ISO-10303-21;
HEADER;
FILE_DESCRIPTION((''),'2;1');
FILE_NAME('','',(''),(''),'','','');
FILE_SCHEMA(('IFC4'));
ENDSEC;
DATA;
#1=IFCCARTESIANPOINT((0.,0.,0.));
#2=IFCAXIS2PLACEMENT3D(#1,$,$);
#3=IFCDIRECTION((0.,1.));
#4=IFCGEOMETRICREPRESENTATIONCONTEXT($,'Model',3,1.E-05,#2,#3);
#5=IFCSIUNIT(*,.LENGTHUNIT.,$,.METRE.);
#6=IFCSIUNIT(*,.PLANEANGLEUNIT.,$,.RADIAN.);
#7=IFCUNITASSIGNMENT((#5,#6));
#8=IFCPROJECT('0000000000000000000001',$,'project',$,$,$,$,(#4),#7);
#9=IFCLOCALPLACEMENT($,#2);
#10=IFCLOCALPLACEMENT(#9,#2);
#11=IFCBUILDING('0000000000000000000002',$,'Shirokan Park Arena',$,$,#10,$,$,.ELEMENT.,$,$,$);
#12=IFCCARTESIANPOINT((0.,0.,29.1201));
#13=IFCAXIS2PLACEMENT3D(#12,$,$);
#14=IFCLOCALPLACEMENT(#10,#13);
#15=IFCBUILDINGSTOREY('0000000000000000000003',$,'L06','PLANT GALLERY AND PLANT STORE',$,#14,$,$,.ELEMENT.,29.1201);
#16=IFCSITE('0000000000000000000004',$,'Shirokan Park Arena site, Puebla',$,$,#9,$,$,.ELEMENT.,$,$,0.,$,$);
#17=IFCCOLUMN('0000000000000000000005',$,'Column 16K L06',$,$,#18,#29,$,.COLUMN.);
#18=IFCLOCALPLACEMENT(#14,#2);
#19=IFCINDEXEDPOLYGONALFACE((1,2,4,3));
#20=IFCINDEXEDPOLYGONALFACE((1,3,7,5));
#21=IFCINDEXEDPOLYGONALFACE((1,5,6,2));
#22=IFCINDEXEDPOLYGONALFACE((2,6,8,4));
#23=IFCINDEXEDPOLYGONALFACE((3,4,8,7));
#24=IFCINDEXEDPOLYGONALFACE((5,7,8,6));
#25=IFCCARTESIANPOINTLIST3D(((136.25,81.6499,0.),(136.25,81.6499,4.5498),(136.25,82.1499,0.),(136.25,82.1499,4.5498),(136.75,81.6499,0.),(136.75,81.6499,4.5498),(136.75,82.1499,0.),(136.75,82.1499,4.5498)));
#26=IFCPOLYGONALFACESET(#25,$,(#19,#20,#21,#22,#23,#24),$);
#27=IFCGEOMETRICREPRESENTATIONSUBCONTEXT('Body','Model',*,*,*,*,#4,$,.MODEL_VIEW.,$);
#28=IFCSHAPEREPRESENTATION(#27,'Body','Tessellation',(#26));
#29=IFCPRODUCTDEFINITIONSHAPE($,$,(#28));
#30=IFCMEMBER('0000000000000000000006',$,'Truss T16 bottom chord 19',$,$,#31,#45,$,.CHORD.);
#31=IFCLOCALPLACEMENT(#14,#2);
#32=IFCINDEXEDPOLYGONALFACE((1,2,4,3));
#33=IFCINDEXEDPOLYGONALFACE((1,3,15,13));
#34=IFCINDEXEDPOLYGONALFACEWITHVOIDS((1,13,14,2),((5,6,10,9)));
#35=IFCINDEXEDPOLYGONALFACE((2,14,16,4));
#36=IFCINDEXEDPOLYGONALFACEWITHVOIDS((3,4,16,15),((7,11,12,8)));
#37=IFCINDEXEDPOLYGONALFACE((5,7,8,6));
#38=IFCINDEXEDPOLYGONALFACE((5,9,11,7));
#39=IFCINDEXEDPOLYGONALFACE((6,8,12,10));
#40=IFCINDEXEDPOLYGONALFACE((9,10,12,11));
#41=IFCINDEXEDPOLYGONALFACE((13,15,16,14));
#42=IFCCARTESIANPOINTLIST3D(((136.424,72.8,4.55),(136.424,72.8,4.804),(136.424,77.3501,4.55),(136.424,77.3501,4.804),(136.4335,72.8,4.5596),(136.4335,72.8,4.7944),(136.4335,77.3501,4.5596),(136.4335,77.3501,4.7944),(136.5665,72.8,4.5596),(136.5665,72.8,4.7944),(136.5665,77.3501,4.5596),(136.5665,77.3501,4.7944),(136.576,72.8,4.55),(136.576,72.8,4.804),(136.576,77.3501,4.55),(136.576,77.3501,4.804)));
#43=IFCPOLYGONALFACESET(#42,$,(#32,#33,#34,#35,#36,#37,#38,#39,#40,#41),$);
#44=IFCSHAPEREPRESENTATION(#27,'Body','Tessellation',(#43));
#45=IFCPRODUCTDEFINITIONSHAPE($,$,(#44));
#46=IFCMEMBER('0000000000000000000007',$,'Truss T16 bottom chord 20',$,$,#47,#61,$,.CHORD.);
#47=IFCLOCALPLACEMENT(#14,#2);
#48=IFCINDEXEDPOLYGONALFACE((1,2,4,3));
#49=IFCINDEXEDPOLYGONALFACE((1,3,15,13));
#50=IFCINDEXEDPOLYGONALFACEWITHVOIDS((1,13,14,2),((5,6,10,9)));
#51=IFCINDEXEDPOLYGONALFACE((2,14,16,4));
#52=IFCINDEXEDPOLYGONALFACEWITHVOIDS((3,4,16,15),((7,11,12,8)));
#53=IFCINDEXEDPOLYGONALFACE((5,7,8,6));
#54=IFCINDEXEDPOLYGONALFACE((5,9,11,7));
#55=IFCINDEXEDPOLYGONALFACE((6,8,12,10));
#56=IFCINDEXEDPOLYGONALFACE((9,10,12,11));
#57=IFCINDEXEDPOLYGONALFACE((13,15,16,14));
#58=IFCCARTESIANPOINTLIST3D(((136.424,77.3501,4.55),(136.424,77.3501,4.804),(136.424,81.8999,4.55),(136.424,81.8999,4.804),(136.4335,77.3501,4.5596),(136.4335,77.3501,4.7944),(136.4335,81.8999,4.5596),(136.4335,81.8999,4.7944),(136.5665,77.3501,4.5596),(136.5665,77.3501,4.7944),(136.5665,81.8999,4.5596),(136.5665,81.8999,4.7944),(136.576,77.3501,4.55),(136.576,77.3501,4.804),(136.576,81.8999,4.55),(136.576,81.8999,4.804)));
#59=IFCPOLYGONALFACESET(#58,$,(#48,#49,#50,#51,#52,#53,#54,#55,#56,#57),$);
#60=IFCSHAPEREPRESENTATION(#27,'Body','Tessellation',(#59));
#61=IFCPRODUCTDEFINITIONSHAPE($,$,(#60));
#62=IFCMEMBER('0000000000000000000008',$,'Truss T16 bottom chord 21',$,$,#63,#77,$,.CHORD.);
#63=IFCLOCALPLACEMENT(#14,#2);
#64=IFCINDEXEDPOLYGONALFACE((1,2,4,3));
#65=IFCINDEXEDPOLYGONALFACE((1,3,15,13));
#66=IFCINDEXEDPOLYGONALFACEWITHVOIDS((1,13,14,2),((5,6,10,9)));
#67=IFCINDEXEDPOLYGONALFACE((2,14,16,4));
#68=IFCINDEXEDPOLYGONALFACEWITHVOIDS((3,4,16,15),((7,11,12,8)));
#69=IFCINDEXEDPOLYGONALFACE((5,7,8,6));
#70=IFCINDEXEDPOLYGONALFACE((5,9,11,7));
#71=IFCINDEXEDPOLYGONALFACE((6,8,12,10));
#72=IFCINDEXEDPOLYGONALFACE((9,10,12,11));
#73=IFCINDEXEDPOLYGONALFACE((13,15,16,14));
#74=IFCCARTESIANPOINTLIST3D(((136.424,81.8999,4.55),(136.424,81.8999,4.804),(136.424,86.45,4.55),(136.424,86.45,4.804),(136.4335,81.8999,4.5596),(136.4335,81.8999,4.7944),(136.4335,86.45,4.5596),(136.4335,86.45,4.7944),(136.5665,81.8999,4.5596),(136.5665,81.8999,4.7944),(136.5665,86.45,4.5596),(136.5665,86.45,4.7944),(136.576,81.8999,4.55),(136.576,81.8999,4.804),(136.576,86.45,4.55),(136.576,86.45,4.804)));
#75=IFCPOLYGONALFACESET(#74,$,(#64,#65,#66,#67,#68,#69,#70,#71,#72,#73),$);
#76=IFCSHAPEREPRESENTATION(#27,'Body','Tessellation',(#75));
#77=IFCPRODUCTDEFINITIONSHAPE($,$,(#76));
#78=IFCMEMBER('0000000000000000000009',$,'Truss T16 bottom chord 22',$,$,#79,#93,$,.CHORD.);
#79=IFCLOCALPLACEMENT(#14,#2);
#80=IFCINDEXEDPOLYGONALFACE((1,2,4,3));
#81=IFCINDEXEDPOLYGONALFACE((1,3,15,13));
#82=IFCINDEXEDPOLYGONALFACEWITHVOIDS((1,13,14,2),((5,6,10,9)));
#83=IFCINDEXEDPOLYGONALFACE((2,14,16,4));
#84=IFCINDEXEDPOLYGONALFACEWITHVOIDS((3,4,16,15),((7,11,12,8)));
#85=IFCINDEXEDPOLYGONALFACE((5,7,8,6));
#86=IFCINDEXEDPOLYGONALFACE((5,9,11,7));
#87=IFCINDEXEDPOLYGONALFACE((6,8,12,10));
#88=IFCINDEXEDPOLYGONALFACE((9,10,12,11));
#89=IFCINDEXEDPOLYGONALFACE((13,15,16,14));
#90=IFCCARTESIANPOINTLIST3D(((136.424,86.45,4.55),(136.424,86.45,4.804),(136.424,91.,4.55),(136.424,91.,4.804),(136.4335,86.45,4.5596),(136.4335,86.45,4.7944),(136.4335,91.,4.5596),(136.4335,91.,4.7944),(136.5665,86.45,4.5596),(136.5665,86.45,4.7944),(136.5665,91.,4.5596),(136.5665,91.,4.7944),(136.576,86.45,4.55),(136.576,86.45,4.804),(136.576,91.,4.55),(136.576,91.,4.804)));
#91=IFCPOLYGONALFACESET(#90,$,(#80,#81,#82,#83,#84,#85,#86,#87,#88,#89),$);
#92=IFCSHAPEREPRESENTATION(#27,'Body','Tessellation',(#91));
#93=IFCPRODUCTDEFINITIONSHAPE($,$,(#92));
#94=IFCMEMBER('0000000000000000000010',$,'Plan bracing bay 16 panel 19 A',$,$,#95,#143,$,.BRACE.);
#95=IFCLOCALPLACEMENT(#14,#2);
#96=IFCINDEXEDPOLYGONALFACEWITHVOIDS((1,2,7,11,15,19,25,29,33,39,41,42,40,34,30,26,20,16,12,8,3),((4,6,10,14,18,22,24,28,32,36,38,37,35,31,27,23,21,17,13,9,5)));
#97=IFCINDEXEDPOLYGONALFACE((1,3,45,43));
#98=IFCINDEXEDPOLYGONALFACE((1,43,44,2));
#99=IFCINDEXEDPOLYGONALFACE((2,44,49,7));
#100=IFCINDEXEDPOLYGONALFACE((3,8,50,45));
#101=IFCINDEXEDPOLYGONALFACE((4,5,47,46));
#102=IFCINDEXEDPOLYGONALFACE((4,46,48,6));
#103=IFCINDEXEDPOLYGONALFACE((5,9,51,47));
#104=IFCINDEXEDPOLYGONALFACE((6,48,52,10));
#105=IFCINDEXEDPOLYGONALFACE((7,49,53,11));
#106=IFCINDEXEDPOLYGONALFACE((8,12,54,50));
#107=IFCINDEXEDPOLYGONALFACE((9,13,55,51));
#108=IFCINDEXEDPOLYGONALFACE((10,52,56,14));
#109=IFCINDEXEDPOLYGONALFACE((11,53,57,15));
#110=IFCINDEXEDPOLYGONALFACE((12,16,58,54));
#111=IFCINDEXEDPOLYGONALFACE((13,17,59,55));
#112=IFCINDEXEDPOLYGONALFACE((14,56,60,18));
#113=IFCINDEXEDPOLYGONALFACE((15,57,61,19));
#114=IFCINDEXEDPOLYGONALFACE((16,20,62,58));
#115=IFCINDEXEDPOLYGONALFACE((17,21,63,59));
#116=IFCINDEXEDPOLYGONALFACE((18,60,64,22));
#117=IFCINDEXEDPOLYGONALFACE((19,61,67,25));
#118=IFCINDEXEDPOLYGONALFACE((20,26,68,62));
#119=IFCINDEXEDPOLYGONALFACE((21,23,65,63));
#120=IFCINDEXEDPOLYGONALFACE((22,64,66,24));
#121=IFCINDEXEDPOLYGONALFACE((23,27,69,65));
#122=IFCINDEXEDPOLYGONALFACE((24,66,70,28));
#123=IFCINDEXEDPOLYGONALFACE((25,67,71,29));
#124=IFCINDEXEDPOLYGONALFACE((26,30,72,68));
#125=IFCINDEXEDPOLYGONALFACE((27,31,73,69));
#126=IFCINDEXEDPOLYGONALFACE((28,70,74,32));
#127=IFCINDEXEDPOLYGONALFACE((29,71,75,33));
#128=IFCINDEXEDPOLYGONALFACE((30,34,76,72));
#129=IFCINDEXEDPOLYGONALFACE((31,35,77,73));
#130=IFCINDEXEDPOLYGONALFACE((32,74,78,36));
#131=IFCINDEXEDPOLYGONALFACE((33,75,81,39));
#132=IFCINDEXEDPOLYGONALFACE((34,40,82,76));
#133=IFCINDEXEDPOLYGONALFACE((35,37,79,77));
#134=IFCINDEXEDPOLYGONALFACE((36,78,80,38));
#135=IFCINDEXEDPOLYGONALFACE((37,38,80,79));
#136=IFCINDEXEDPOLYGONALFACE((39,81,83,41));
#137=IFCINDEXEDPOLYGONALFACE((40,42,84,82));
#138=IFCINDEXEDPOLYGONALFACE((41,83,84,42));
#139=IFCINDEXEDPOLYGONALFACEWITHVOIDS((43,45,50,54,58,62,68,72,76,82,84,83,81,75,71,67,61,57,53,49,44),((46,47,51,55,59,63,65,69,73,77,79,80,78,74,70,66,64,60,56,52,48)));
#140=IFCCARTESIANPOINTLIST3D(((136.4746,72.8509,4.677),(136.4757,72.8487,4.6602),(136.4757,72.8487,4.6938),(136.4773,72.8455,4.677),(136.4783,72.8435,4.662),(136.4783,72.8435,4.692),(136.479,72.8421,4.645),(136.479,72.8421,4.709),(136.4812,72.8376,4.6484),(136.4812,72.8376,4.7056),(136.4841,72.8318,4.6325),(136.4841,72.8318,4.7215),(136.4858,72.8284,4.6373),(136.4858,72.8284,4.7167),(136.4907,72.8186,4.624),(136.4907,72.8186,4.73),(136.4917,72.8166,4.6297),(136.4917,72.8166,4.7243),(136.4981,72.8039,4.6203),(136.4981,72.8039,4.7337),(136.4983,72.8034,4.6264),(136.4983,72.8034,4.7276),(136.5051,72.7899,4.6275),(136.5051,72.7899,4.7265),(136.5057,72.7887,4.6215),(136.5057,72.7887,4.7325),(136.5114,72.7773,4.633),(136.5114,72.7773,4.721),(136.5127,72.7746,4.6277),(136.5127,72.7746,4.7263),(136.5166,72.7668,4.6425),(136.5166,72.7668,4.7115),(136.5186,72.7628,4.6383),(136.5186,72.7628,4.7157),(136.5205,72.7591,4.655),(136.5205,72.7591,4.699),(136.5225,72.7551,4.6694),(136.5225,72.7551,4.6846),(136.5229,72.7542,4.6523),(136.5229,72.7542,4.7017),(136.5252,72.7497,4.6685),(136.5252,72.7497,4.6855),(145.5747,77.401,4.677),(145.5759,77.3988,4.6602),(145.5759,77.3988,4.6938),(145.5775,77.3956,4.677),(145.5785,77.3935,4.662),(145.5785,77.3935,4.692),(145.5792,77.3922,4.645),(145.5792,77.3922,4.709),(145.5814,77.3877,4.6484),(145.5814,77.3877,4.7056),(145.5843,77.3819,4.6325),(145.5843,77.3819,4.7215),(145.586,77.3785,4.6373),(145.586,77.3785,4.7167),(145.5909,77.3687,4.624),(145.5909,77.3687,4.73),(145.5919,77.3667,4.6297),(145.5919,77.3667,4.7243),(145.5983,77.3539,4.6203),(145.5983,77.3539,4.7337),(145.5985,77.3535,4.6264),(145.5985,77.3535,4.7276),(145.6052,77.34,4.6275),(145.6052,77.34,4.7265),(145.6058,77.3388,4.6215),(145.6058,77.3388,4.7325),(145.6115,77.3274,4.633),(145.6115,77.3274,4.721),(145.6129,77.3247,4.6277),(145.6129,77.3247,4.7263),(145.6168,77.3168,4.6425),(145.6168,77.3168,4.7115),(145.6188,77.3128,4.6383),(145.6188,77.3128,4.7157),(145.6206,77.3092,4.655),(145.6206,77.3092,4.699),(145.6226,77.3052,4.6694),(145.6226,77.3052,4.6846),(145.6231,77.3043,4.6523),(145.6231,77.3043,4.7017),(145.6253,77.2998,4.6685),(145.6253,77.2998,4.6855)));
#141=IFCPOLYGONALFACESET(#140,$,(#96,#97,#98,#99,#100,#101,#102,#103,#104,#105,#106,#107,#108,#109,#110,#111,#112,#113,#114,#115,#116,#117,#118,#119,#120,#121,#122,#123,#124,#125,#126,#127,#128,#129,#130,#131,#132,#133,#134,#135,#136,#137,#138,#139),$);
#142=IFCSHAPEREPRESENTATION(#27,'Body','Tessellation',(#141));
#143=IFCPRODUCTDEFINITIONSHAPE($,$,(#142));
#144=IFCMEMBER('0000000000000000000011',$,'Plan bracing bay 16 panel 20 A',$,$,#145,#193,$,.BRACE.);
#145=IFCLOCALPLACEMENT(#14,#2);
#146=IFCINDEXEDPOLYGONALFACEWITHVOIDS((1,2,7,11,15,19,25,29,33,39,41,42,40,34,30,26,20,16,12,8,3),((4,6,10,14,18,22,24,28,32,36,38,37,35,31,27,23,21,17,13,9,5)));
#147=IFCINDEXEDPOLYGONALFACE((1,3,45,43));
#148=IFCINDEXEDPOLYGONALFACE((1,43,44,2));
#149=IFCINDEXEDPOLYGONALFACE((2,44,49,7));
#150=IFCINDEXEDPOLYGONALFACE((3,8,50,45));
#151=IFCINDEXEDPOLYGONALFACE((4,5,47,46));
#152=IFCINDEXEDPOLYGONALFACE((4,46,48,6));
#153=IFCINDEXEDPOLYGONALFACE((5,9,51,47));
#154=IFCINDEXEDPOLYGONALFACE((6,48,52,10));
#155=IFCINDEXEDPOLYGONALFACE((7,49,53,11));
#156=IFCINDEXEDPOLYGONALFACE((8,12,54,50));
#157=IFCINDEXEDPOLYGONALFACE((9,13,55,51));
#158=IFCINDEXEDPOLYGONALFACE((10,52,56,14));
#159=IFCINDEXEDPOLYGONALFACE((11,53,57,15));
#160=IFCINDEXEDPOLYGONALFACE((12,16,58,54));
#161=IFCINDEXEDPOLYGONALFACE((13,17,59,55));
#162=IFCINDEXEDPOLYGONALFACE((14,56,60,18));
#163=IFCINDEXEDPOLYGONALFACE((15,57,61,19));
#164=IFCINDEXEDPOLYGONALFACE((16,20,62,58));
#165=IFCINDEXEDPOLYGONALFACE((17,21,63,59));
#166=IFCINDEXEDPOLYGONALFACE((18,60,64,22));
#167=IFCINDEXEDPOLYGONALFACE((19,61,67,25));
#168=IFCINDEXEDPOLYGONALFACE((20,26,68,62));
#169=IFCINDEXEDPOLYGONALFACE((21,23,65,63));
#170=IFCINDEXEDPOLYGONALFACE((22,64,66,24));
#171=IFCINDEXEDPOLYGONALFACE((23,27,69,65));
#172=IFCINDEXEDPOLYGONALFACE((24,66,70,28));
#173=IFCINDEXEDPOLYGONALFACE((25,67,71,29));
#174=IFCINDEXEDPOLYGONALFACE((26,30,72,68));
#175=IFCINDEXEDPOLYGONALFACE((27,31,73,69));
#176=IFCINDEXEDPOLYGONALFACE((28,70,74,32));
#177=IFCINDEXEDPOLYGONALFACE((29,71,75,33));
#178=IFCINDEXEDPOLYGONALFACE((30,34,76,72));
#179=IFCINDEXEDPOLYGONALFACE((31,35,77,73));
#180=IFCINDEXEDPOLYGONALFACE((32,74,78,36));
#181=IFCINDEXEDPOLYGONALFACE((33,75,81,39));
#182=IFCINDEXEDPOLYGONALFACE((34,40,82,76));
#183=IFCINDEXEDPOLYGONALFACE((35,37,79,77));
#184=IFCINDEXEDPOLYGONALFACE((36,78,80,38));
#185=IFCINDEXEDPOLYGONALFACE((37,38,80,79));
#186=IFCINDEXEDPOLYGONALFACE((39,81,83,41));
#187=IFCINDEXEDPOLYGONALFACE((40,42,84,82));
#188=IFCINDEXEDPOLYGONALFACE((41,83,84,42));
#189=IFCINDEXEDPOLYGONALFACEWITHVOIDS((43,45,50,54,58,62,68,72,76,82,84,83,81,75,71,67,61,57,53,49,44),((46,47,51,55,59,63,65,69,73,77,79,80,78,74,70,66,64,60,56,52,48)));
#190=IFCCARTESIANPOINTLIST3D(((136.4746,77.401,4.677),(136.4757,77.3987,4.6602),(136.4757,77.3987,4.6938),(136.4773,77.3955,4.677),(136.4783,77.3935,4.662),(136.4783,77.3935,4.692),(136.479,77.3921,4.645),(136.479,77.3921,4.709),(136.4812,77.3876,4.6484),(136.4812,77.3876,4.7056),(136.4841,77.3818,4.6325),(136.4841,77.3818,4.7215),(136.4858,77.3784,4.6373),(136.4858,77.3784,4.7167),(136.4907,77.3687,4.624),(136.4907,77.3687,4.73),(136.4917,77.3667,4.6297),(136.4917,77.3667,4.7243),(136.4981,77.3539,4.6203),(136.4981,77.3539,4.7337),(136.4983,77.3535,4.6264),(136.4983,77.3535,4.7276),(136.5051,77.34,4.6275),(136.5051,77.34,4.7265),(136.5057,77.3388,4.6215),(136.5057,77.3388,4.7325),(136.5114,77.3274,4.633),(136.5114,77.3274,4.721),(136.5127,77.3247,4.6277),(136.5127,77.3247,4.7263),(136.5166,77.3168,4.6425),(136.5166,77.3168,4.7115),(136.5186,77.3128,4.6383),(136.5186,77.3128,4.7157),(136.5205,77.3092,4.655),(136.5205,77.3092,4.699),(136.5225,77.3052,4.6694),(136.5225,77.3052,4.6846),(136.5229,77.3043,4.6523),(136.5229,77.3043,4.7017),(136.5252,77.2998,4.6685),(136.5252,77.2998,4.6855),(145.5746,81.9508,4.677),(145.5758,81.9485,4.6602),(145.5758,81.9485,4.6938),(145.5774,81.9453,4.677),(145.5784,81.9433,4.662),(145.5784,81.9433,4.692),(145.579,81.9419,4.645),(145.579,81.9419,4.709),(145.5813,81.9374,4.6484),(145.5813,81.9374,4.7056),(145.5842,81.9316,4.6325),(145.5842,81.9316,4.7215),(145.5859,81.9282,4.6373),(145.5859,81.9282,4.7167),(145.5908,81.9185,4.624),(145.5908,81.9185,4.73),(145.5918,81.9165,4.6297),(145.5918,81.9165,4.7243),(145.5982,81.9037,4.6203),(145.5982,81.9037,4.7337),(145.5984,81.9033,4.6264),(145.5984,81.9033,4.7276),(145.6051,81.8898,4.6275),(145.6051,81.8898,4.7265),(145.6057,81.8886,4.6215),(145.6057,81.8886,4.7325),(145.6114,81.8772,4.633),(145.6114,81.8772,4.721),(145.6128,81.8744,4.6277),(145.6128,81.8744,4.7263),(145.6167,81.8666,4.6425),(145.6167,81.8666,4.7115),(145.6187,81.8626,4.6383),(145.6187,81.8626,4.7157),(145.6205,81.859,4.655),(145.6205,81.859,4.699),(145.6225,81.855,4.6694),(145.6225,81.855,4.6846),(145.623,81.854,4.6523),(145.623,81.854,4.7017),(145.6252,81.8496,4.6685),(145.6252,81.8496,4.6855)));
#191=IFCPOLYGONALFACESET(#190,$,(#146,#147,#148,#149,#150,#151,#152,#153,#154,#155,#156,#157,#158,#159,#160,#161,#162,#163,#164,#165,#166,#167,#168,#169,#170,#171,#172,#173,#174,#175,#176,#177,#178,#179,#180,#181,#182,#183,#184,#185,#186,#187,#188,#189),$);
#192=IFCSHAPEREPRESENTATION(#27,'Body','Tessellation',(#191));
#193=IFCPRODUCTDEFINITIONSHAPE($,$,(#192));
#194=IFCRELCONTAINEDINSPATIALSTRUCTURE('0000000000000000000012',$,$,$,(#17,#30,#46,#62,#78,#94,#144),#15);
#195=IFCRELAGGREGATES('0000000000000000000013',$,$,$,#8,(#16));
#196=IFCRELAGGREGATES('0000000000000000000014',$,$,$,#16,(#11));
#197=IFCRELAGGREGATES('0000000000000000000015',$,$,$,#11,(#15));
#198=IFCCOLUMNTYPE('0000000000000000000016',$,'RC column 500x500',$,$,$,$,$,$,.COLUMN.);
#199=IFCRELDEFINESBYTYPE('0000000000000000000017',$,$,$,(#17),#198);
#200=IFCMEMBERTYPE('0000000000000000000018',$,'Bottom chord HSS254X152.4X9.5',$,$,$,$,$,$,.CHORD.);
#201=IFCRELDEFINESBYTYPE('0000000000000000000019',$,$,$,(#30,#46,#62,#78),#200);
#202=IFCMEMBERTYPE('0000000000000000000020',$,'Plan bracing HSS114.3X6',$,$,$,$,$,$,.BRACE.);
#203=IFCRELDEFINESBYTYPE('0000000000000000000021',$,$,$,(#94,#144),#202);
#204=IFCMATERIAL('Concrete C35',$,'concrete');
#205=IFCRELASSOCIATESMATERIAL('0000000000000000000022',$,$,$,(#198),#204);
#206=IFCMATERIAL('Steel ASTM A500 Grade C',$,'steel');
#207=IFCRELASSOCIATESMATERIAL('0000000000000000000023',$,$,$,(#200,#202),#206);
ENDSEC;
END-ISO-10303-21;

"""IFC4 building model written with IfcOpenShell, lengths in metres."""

from ifc_helpers import new_model, si_unit, direction, frame, origin, origin_2d, place, context, subcontext, project, spatial, rectangle, hollow_rectangle, hollow_circle, extrude, material, material_profile, profile_set, type_object, element, save


model = new_model("IFC4")

# Units and contexts
model_context = context("Model", 3, precision=1e-05, world=origin(), true_north=direction((0.0, 1.0)))
body_context = subcontext(model_context, "Body", "Model", "MODEL_VIEW")
ifc_project = project(units=[si_unit("LENGTHUNIT", "METRE"), si_unit("PLANEANGLEUNIT", "RADIAN")], contexts=[model_context])

# Site, building, storey
site_placement = place(None, origin())
site = spatial("IfcSite", under=ifc_project, at=site_placement, Name="Shirokan Park Arena site, Puebla", CompositionType="ELEMENT", RefElevation=0.0)
building_placement = place(site_placement, origin())
building = spatial("IfcBuilding", under=site, at=building_placement, Name="Shirokan Park Arena", CompositionType="ELEMENT")
storey_placement = place(building_placement, frame((0.0, 0.0, 29.1201)))
storey = spatial("IfcBuildingStorey", under=building, at=storey_placement, Name="L06", Description="PLANT GALLERY AND PLANT STORE", CompositionType="ELEMENT", Elevation=29.1201)

# Column
ifc_material_1 = material(Name="Concrete C35", Category="concrete")
ifc_material_profile_1 = material_profile(ifc_material_1, rectangle(XDim=0.5, YDim=0.5, at=origin_2d()), Name="500x500")
ifc_profile_set_1 = profile_set([ifc_material_profile_1], Name="Concrete C35")
column_type = type_object("IfcColumnType", Name="RC column 500x500", PredefinedType="COLUMN", material=ifc_profile_set_1)
column_placement = place(storey_placement, frame((136.5, 81.8999, 0.0), z_axis=(0.0, 0.0, 1.0), x_axis=(1.0, 0.0, 0.0)))
element("IfcColumn", 1, at=column_placement, inside=storey, type_object=column_type, Name="Column 16K L06", PredefinedType="COLUMN", context=body_context, shape_type="SweptSolid", body=[
    extrude(rectangle(XDim=0.5, YDim=0.5, at=origin_2d()), origin(), (0.0, 0.0, 1.0), 4.5498),
])

# Members
ifc_material_2 = material(Name="Steel ASTM A500 Grade C", Category="steel")
ifc_material_profile_2 = material_profile(ifc_material_2, hollow_rectangle(XDim=0.1521, YDim=0.2539, WallThickness=0.0095, at=origin_2d()), Name="HSS254X152.4X9.5")
ifc_profile_set_2 = profile_set([ifc_material_profile_2], Name="Steel ASTM A500 Grade C")
member_type_1 = type_object("IfcMemberType", Name="Bottom chord HSS254X152.4X9.5", PredefinedType="CHORD", material=ifc_profile_set_2)
member_1_placement = place(storey_placement, frame((136.5, 72.8, 4.677), z_axis=(0.0, 1.0, 0.0), x_axis=(-1.0, 0.0, 0.0)))
element("IfcMember", 2, at=member_1_placement, inside=storey, type_object=member_type_1, Name="Truss T16 bottom chord 19", PredefinedType="CHORD", context=body_context, shape_type="SweptSolid", body=[
    extrude(hollow_rectangle(XDim=0.1521, YDim=0.2539, WallThickness=0.0095, at=origin_2d()), origin(), (0.0, 0.0, 1.0), 4.55),
])
member_2_placement = place(storey_placement, frame((136.5, 77.3501, 4.677), z_axis=(0.0, 1.0, 0.0), x_axis=(-1.0, 0.0, 0.0)))
element("IfcMember", 3, at=member_2_placement, inside=storey, type_object=member_type_1, Name="Truss T16 bottom chord 20", PredefinedType="CHORD", context=body_context, shape_type="SweptSolid", body=[
    extrude(hollow_rectangle(XDim=0.1521, YDim=0.2539, WallThickness=0.0095, at=origin_2d()), origin(), (0.0, 0.0, 1.0), 4.5498),
])
for number, where, z_axis, x_axis, name in (
    (4, (136.5, 81.8999, 4.677), (0.0, 1.0, 0.0), (-1.0, 0.0, 0.0), "Truss T16 bottom chord 21"),
    (5, (136.5, 86.45, 4.677), (0.0, 1.0, 0.0), (-1.0, 0.0, 0.0), "Truss T16 bottom chord 22"),
):
    element("IfcMember", number, at=place(storey_placement, frame(where, z_axis=z_axis, x_axis=x_axis)), inside=storey, type_object=member_type_1, Name=name, PredefinedType="CHORD", context=body_context, shape_type="SweptSolid", body=[
        extrude(hollow_rectangle(XDim=0.1521, YDim=0.2539, WallThickness=0.0095, at=origin_2d()), origin(), (0.0, 0.0, 1.0), 4.55),
    ])
ifc_material_profile_3 = material_profile(ifc_material_2, hollow_circle(Radius=0.0569, WallThickness=0.0061, at=origin_2d()), Name="HSS114.3X6")
ifc_profile_set_3 = profile_set([ifc_material_profile_3], Name="Steel ASTM A500 Grade C")
member_type_2 = type_object("IfcMemberType", Name="Plan bracing HSS114.3X6", PredefinedType="BRACE", material=ifc_profile_set_3)
member_3_placement = place(storey_placement, frame((136.5, 72.8, 4.677), z_axis=(0.894427, 0.447214, 0.0), x_axis=(-0.447214, 0.894427, 0.0)))
element("IfcMember", 6, at=member_3_placement, inside=storey, type_object=member_type_2, Name="Plan bracing bay 16 panel 19 A", PredefinedType="BRACE", context=body_context, shape_type="SweptSolid", body=[
    extrude(hollow_circle(Radius=0.0569, WallThickness=0.0061, at=origin_2d()), origin(), (0.0, 0.0, 1.0), 10.1743),
])
member_4_placement = place(storey_placement, frame((136.5, 77.3501, 4.677), z_axis=(0.894437, 0.447194, 0.0), x_axis=(-0.447194, 0.894437, 0.0)))
element("IfcMember", 7, at=member_4_placement, inside=storey, type_object=member_type_2, Name="Plan bracing bay 16 panel 20 A", PredefinedType="BRACE", context=body_context, shape_type="SweptSolid", body=[
    extrude(hollow_circle(Radius=0.0569, WallThickness=0.0061, at=origin_2d()), origin(), (0.0, 0.0, 1.0), 10.1741),
])

save(model, "model.ifc")
